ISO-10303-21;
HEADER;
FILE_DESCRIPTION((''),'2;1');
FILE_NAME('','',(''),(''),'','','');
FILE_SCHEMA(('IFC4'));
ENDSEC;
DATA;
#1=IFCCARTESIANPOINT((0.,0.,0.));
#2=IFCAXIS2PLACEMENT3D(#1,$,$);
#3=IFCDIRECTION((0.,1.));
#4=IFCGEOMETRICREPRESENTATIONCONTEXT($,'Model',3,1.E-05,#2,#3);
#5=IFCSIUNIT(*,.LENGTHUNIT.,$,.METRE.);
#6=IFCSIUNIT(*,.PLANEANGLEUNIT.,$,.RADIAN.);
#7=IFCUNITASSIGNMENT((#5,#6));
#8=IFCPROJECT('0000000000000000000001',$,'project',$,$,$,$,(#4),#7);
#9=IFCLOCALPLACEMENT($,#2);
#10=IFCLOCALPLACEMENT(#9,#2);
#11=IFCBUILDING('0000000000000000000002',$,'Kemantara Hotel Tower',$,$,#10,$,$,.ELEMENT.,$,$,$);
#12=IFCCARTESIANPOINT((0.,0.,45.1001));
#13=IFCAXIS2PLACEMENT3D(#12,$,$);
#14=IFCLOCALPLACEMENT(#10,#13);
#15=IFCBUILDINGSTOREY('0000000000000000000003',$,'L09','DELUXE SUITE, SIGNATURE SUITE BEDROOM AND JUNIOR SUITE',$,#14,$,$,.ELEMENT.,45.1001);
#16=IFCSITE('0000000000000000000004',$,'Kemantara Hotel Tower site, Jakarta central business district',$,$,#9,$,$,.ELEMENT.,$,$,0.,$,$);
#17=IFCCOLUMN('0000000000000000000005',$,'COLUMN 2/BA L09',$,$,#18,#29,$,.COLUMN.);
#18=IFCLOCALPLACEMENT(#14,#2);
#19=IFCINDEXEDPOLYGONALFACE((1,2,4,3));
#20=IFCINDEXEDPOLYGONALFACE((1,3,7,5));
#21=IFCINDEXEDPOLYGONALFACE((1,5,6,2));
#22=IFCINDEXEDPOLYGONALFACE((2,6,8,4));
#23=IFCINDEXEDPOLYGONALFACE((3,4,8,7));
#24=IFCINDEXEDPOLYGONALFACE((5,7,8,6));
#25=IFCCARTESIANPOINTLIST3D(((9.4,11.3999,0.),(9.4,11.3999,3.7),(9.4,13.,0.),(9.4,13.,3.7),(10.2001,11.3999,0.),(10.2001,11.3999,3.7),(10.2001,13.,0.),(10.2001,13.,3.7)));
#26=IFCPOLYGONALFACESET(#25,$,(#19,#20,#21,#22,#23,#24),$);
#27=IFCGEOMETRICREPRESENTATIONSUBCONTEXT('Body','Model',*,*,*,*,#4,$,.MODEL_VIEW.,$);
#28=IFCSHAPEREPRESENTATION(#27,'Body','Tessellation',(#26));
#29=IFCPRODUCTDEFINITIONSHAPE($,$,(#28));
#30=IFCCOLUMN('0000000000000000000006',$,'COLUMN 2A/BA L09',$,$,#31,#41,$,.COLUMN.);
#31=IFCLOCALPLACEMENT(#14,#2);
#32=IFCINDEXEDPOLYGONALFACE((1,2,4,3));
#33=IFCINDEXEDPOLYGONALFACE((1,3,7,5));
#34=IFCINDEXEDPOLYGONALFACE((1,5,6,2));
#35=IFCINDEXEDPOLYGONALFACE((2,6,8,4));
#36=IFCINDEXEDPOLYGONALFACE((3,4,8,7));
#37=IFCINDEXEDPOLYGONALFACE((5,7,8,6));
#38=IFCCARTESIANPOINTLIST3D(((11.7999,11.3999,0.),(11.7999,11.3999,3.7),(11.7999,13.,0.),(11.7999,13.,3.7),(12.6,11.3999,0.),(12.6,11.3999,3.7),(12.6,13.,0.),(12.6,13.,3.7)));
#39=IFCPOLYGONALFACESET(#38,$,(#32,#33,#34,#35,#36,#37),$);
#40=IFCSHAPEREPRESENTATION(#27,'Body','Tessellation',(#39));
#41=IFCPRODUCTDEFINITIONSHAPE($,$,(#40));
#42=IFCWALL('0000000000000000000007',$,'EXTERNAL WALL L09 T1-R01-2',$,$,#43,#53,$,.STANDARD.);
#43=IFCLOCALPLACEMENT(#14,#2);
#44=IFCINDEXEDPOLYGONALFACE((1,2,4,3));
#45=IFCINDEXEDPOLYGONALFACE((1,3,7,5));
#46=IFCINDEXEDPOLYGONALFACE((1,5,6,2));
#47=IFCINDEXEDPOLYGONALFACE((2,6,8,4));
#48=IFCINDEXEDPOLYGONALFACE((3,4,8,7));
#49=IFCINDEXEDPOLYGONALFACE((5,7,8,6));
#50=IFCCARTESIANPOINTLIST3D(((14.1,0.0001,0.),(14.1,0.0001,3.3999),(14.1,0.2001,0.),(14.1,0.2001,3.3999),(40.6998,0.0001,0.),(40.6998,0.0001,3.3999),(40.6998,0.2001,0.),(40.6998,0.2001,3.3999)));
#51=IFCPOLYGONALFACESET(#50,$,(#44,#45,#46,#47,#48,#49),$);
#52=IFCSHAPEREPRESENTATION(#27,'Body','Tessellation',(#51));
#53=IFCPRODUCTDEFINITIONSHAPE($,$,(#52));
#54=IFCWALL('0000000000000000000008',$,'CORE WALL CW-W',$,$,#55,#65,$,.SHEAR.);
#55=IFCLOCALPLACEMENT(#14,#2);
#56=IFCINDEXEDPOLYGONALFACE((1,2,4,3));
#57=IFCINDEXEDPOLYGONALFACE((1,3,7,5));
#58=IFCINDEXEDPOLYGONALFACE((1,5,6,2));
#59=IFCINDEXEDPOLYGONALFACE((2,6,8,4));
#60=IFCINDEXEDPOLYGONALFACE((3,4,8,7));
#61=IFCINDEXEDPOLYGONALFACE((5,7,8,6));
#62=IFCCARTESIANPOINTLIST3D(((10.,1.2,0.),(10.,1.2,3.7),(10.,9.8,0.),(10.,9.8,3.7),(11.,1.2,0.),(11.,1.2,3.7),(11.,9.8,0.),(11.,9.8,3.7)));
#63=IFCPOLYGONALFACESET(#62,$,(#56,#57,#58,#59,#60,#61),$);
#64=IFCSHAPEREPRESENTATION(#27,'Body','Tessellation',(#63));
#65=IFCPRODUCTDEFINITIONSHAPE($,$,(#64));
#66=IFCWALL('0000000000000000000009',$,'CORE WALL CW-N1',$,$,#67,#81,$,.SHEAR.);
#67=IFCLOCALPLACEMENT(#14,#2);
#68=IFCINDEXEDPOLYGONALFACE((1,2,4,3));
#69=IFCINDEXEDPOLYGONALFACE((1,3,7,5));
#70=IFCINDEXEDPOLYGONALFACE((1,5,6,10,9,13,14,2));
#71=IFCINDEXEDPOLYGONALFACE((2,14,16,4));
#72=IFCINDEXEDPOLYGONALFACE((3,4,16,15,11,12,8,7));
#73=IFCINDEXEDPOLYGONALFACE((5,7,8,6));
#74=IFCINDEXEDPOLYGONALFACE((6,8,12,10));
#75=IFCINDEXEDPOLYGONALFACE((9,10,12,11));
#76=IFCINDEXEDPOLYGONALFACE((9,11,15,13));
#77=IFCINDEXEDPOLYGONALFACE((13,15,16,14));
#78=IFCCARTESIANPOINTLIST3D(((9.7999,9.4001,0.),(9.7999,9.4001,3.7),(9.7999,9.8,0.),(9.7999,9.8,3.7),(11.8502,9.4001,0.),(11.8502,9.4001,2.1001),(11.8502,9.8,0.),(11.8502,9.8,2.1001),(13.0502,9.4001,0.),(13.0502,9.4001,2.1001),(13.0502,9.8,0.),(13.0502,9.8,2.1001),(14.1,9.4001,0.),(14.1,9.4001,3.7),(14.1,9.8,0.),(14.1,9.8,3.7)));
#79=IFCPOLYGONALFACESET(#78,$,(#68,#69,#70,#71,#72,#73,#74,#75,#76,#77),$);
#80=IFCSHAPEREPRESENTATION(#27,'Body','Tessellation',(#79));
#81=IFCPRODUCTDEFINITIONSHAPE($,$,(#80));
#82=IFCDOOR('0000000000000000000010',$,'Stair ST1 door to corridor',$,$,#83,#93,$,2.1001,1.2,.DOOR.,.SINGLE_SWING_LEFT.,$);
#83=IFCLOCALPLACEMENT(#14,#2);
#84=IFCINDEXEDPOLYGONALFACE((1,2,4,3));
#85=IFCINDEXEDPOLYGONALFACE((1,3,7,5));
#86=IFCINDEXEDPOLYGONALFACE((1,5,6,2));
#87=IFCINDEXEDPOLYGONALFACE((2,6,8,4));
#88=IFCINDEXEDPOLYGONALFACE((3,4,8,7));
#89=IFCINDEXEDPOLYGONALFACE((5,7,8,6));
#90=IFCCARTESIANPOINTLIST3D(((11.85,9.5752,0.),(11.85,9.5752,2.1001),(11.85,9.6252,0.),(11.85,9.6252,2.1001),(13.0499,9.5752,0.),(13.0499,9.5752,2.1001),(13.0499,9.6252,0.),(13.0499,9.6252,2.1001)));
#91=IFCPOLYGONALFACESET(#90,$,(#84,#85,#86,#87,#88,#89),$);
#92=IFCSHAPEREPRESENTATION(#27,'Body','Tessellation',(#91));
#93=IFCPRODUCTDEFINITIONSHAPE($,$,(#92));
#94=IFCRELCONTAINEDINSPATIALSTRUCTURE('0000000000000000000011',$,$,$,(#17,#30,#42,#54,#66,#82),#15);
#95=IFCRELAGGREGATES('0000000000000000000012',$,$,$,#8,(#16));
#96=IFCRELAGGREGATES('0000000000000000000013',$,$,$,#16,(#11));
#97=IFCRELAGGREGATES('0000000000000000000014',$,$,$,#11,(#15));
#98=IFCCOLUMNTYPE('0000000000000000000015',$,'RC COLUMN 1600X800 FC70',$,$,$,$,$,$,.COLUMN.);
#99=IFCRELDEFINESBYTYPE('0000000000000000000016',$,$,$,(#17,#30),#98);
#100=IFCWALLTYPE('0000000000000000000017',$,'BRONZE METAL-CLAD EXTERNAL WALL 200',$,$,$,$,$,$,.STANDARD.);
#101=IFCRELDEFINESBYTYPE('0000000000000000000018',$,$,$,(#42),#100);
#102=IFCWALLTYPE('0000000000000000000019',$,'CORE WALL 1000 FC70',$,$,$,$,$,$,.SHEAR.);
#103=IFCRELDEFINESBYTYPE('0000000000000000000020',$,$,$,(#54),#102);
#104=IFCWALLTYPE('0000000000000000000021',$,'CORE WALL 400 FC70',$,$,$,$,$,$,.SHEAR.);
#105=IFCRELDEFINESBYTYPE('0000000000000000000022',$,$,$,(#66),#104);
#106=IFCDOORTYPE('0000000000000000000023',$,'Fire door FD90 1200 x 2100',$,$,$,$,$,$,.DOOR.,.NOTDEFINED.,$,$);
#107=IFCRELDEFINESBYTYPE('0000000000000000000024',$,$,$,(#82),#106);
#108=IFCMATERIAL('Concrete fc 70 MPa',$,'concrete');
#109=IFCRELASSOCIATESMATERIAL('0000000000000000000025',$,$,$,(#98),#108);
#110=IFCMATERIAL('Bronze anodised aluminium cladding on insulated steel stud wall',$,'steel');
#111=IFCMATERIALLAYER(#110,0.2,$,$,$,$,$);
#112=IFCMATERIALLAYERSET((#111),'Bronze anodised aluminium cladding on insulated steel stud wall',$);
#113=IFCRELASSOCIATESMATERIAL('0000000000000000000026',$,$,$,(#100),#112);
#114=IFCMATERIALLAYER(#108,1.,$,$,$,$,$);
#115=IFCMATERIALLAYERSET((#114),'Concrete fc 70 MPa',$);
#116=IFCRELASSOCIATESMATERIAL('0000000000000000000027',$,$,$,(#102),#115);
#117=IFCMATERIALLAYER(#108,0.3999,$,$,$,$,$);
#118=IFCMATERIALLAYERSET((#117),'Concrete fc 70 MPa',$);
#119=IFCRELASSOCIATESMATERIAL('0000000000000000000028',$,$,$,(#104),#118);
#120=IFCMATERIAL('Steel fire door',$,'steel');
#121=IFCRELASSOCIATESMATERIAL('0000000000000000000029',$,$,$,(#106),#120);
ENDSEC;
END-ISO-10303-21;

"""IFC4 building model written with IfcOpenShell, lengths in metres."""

from ifc_helpers import new_model, si_unit, direction, frame, frame_2d, origin, origin_2d, place, context, subcontext, project, spatial, rectangle, extrude, material, layer, layer_set, material_profile, profile_set, type_object, element, fill, save


model = new_model("IFC4")

# Units and contexts
model_context = context("Model", 3, precision=1e-05, world=origin(), true_north=direction((0.0, 1.0)))
body_context = subcontext(model_context, "Body", "Model", "MODEL_VIEW")
ifc_project = project(units=[si_unit("LENGTHUNIT", "METRE"), si_unit("PLANEANGLEUNIT", "RADIAN")], contexts=[model_context])

# Site, building, storey
site_placement = place(None, origin())
site = spatial("IfcSite", under=ifc_project, at=site_placement, Name="Kemantara Hotel Tower site, Jakarta central business district", CompositionType="ELEMENT", RefElevation=0.0)
building_placement = place(site_placement, origin())
building = spatial("IfcBuilding", under=site, at=building_placement, Name="Kemantara Hotel Tower", CompositionType="ELEMENT")
storey_placement = place(building_placement, frame((0.0, 0.0, 45.1001)))
storey = spatial("IfcBuildingStorey", under=building, at=storey_placement, Name="L09", Description="DELUXE SUITE, SIGNATURE SUITE BEDROOM AND JUNIOR SUITE", CompositionType="ELEMENT", Elevation=45.1001)

# Columns
ifc_material_1 = material(Name="Concrete fc 70 MPa", Category="concrete")
ifc_material_profile = material_profile(ifc_material_1, rectangle(XDim=1.6001, YDim=0.8, at=origin_2d()), Name="RC 1600X800")
ifc_profile_set = profile_set([ifc_material_profile], Name="Concrete fc 70 MPa")
column_type = type_object("IfcColumnType", Name="RC COLUMN 1600X800 FC70", PredefinedType="COLUMN", material=ifc_profile_set)
for number, where, z_axis, x_axis, name in (
    (1, (9.8, 12.2, 0.0), (0.0, 0.0, 1.0), (0.0, 1.0, 0.0), "COLUMN 2/BA L09"),
    (2, (12.2, 12.2, 0.0), (0.0, 0.0, 1.0), (0.0, 1.0, 0.0), "COLUMN 2A/BA L09"),
):
    element("IfcColumn", number, at=place(storey_placement, frame(where, z_axis=z_axis, x_axis=x_axis)), inside=storey, type_object=column_type, Name=name, PredefinedType="COLUMN", context=body_context, shape_type="SweptSolid", body=[
        extrude(rectangle(XDim=1.6001, YDim=0.8, at=origin_2d()), origin(), (0.0, 0.0, 1.0), 3.7),
    ])

# Walls
ifc_material_2 = material(Name="Bronze anodised aluminium cladding on insulated steel stud wall", Category="steel")
ifc_layer_1 = layer(ifc_material_2, 0.2)
ifc_layer_set_1 = layer_set([ifc_layer_1], Name="Bronze anodised aluminium cladding on insulated steel stud wall")
wall_type_1 = type_object("IfcWallType", Name="BRONZE METAL-CLAD EXTERNAL WALL 200", PredefinedType="STANDARD", material=ifc_layer_set_1)
wall_1_placement = place(storey_placement, frame((14.1001, 0.1001, 0.0), z_axis=(0.0, 0.0, 1.0), x_axis=(1.0, 0.0, 0.0)))
element("IfcWall", 3, at=wall_1_placement, inside=storey, type_object=wall_type_1, Name="EXTERNAL WALL L09 T1-R01-2", PredefinedType="STANDARD", context=body_context, shape_type="SweptSolid", body=[
    extrude(rectangle(XDim=26.5999, YDim=0.2, at=frame_2d((13.2998, 0.0))), origin(), (0.0, 0.0, 1.0), 3.3999),
])
ifc_layer_2 = layer(ifc_material_1, 1.0)
ifc_layer_set_2 = layer_set([ifc_layer_2], Name="Concrete fc 70 MPa")
wall_type_2 = type_object("IfcWallType", Name="CORE WALL 1000 FC70", PredefinedType="SHEAR", material=ifc_layer_set_2)
wall_2_placement = place(storey_placement, frame((10.5, 1.2, 0.0), z_axis=(0.0, 0.0, 1.0), x_axis=(0.0, 1.0, 0.0)))
element("IfcWall", 4, at=wall_2_placement, inside=storey, type_object=wall_type_2, Name="CORE WALL CW-W", PredefinedType="SHEAR", context=body_context, shape_type="SweptSolid", body=[
    extrude(rectangle(XDim=8.6001, YDim=1.0, at=frame_2d((4.3, 0.0))), origin(), (0.0, 0.0, 1.0), 3.7),
])

# Wall, opening, door
ifc_layer_3 = layer(ifc_material_1, 0.3999)
ifc_layer_set_3 = layer_set([ifc_layer_3], Name="Concrete fc 70 MPa")
wall_type_3 = type_object("IfcWallType", Name="CORE WALL 400 FC70", PredefinedType="SHEAR", material=ifc_layer_set_3)
wall_3_placement = place(storey_placement, frame((9.8, 9.6001, 0.0), z_axis=(0.0, 0.0, 1.0), x_axis=(1.0, 0.0, 0.0)))
wall_3 = element("IfcWall", 5, at=wall_3_placement, inside=storey, type_object=wall_type_3, Name="CORE WALL CW-N1", PredefinedType="SHEAR", context=body_context, shape_type="SweptSolid", body=[
    extrude(rectangle(XDim=4.3, YDim=0.3999, at=frame_2d((2.1499, 0.0))), origin(), (0.0, 0.0, 1.0), 3.7),
])
opening_1_placement = place(wall_3_placement, frame((2.05, 0.0, 0.0)))
opening_1 = element("IfcOpeningElement", 6, at=opening_1_placement, cuts=wall_3, PredefinedType="OPENING", context=body_context, shape_type="SweptSolid", body=[
    extrude(rectangle(XDim=1.2, YDim=2.1001, at=frame_2d((0.6001, 1.05))), frame((0.0, 0.21, 0.0), z_axis=(0.0, -1.0, 0.0), x_axis=(1.0, 0.0, 0.0)), (0.0, 0.0, 1.0), 0.4199),
])
ifc_material_3 = material(Name="Steel fire door", Category="steel")
door_type_1 = type_object("IfcDoorType", Name="Fire door FD90 1200 x 2100", OperationType="NOTDEFINED", PredefinedType="DOOR", material=ifc_material_3)
door_1_placement = place(opening_1_placement, frame((1.2, 0.0, 0.0), z_axis=(0.0, 0.0, 1.0), x_axis=(-1.0, 0.0, 0.0)))
door_1 = element("IfcDoor", 7, at=door_1_placement, inside=storey, type_object=door_type_1, Name="Stair ST1 door to corridor", OperationType="SINGLE_SWING_LEFT", OverallHeight=2.1001, OverallWidth=1.2, PredefinedType="DOOR", context=body_context, shape_type="SweptSolid", body=[
    extrude(rectangle(XDim=1.2, YDim=2.1001, at=frame_2d((0.6001, 1.05))), frame((0.0, 0.0249, 0.0), z_axis=(0.0, -1.0, 0.0), x_axis=(1.0, 0.0, 0.0)), (0.0, 0.0, 1.0), 0.05),
])
fill(opening_1, door_1)

save(model, "model.ifc")
